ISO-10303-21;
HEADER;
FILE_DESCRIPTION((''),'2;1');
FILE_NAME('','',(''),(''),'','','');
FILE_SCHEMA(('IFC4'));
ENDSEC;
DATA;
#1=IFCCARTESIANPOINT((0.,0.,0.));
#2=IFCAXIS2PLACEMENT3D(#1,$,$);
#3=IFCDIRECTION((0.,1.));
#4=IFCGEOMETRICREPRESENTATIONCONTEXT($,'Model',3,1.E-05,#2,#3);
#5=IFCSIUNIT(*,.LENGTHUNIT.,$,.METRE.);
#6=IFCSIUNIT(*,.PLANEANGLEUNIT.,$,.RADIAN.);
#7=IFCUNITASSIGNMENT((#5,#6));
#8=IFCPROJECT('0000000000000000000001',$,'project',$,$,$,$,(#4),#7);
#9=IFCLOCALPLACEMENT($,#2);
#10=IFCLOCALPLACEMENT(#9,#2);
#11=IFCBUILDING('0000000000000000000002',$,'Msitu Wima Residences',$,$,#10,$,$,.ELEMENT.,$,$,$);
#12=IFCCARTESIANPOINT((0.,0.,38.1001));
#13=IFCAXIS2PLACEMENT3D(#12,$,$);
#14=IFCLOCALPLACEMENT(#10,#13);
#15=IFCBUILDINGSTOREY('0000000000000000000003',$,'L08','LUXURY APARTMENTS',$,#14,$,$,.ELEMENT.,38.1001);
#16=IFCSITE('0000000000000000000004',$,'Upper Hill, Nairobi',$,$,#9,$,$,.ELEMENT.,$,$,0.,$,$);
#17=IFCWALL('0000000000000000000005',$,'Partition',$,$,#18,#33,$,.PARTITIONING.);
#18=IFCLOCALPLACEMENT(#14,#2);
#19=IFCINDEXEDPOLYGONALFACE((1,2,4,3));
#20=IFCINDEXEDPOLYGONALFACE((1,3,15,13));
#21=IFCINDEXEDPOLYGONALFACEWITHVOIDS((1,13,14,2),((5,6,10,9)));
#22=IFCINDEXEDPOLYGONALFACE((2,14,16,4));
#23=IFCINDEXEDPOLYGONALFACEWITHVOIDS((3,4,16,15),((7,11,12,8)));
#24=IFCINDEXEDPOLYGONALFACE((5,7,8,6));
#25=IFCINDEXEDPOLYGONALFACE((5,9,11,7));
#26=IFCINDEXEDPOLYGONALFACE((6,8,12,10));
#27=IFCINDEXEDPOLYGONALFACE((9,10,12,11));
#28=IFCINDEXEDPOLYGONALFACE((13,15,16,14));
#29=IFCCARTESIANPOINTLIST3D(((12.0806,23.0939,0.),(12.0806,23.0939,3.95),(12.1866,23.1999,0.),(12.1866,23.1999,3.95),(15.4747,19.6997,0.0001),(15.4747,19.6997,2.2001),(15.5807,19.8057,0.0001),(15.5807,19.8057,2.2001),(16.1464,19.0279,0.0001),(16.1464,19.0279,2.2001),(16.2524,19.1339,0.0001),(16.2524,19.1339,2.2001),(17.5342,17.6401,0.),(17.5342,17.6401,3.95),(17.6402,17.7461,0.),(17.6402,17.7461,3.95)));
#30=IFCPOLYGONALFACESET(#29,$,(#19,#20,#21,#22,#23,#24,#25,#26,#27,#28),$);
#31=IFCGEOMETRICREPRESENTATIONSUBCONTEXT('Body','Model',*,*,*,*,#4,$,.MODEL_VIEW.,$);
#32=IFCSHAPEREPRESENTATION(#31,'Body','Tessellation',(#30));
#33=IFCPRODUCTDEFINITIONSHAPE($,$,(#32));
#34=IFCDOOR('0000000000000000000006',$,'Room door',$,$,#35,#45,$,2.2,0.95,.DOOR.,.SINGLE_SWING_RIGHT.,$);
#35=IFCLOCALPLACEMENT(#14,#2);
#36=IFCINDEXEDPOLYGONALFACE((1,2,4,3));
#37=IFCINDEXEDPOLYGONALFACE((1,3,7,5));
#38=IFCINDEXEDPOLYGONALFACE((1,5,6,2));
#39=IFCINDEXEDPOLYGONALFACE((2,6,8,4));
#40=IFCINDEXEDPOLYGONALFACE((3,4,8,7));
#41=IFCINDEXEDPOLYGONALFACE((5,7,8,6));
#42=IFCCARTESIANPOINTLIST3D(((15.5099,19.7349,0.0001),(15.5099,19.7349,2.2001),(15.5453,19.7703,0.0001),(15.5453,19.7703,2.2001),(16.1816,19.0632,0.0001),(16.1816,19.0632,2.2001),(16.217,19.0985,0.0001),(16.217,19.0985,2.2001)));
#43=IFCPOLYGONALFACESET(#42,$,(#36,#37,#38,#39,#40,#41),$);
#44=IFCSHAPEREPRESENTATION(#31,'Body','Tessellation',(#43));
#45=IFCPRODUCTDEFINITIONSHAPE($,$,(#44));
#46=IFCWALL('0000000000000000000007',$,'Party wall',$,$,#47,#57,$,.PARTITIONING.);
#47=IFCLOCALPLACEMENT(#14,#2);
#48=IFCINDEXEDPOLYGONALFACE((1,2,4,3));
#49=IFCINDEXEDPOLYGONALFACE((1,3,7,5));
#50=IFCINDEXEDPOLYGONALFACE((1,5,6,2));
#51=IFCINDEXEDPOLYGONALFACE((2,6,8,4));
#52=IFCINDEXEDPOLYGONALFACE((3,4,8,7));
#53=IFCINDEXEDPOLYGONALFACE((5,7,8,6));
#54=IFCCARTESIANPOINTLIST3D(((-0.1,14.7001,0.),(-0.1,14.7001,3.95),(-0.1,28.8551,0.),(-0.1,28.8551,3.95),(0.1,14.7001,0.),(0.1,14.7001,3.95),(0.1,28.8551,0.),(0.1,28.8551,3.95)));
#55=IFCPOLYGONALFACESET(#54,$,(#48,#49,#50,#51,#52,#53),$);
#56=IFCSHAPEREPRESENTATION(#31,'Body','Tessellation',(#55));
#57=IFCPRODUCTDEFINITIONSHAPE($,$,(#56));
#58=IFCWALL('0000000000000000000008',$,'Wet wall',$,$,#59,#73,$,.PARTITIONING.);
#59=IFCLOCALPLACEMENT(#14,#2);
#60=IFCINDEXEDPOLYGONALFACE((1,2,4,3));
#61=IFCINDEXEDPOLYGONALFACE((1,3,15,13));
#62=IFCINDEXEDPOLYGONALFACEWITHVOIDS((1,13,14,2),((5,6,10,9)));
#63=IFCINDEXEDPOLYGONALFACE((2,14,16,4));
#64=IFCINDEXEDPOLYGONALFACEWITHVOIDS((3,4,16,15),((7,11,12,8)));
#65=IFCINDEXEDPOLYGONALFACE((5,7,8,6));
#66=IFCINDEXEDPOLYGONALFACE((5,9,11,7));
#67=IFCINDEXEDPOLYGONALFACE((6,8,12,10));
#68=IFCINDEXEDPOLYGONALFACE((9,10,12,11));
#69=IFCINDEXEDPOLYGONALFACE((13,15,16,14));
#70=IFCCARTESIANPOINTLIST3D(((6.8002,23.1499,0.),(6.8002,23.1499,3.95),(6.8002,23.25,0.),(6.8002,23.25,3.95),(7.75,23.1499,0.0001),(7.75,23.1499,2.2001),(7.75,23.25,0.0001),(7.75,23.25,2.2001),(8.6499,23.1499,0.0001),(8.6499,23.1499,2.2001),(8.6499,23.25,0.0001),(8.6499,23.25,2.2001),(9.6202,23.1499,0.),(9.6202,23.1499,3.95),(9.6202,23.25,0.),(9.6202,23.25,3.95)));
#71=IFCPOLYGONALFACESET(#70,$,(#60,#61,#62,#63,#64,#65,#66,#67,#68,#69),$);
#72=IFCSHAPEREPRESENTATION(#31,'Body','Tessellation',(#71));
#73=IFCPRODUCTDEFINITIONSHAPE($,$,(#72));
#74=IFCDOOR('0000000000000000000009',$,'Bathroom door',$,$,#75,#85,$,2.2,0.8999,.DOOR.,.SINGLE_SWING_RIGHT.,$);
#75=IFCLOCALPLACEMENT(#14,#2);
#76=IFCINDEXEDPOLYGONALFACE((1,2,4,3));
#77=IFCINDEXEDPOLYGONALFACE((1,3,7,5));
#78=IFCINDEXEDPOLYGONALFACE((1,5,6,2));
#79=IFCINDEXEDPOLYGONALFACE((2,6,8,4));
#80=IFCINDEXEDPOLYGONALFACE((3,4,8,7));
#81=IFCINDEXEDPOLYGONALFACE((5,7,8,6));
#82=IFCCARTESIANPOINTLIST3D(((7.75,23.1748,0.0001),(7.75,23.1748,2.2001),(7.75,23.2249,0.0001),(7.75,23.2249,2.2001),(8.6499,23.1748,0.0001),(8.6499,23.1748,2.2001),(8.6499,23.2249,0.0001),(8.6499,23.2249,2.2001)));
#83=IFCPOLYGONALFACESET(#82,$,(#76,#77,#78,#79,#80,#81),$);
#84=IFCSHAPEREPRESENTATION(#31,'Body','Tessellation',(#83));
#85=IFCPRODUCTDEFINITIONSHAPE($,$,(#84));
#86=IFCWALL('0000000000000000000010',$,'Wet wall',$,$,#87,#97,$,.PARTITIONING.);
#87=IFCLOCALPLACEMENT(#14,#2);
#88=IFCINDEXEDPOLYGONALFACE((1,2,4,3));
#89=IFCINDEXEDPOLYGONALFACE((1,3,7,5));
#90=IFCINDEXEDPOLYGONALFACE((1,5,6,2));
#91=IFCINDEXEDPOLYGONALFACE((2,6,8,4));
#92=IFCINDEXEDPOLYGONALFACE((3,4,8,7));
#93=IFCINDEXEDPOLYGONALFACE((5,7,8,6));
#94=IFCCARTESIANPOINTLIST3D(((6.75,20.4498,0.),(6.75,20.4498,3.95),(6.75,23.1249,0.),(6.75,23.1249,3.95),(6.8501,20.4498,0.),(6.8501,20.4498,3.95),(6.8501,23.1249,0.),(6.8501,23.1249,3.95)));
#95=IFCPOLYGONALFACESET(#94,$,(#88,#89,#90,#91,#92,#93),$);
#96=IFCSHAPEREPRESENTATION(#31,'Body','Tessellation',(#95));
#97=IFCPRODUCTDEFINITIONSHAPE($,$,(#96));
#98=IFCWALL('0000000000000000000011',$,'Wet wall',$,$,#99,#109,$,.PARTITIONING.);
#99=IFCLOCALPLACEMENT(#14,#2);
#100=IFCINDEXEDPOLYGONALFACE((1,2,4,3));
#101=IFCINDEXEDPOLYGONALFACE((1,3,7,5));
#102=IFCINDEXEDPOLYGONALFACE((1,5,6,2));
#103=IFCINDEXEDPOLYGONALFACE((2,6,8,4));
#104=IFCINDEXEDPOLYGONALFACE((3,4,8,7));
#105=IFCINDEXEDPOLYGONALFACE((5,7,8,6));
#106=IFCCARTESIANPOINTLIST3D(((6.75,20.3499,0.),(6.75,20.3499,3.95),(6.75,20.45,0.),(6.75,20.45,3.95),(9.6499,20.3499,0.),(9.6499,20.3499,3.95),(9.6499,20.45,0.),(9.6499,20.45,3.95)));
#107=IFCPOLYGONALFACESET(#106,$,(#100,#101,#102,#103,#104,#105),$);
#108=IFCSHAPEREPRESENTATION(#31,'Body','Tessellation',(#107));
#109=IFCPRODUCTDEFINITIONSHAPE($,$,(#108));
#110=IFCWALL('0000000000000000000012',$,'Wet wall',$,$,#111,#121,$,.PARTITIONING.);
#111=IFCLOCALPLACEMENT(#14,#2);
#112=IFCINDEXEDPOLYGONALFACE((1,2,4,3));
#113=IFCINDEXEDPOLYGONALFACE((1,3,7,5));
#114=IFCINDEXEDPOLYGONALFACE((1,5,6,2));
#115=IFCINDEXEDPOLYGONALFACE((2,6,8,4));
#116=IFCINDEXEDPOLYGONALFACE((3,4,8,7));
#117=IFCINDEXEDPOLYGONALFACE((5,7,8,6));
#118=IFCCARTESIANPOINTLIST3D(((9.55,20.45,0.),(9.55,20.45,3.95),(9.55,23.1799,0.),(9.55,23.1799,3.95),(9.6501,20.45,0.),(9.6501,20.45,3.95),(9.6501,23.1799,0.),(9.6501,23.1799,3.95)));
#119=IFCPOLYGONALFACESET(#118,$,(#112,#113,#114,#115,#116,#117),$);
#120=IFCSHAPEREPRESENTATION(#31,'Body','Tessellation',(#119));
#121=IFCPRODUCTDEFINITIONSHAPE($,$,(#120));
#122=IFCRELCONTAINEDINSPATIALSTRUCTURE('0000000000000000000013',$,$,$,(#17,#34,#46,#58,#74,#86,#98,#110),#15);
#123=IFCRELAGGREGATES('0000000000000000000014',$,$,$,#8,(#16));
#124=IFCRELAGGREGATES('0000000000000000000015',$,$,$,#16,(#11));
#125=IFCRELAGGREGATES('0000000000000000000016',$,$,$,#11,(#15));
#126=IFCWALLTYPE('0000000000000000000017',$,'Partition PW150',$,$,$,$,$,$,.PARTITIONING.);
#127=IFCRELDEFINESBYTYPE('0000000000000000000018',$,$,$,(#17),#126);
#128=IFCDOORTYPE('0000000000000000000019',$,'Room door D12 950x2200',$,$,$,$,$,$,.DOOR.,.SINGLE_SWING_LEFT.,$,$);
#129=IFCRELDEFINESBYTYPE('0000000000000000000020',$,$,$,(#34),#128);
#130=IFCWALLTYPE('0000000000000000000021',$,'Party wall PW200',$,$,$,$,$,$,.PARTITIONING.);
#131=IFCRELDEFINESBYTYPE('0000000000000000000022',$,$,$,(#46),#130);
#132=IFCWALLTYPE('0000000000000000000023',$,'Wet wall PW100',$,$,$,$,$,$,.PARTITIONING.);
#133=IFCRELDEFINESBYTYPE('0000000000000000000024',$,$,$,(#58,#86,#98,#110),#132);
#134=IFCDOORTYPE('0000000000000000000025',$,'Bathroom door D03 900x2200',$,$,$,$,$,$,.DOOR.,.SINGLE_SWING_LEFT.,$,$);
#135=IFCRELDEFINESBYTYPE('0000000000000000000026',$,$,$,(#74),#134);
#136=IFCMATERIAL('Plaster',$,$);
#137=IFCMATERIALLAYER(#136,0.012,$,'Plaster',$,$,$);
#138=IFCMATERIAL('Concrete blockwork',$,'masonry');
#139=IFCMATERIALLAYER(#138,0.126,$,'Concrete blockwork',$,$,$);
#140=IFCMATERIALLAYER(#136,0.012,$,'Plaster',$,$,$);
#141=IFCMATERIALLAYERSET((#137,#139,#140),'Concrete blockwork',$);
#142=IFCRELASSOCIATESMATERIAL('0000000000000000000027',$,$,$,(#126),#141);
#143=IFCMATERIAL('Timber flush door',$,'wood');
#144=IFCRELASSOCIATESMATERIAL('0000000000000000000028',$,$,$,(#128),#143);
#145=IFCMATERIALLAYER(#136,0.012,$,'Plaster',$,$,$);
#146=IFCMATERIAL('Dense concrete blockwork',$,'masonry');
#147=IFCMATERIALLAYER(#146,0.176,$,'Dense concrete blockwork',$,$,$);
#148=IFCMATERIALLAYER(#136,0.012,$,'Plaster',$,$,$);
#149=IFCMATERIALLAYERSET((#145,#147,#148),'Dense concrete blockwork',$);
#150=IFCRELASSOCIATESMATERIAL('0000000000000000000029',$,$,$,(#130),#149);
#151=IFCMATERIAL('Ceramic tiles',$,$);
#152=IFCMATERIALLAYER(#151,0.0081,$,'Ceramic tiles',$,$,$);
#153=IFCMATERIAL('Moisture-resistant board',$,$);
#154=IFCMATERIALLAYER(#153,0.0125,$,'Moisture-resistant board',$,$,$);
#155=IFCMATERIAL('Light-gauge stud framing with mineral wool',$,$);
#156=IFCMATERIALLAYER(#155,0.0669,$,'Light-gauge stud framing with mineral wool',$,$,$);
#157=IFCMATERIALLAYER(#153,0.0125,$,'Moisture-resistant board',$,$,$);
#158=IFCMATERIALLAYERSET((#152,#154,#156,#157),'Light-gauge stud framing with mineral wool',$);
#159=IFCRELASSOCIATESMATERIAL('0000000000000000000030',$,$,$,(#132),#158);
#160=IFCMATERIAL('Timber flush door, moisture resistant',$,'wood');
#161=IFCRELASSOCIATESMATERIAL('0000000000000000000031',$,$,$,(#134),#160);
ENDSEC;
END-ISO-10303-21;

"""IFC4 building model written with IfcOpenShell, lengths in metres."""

from ifc_helpers import new_model, si_unit, direction, frame, frame_2d, origin, place, context, subcontext, project, spatial, rectangle, extrude, material, layer, layer_set, type_object, element, fill, save


model = new_model("IFC4")

# Units and contexts
model_context = context("Model", 3, precision=1e-05, world=origin(), true_north=direction((0.0, 1.0)))
body_context = subcontext(model_context, "Body", "Model", "MODEL_VIEW")
ifc_project = project(units=[si_unit("LENGTHUNIT", "METRE"), si_unit("PLANEANGLEUNIT", "RADIAN")], contexts=[model_context])

# Site, building, storey
site_placement = place(None, origin())
site = spatial("IfcSite", under=ifc_project, at=site_placement, Name="Upper Hill, Nairobi", CompositionType="ELEMENT", RefElevation=0.0)
building_placement = place(site_placement, origin())
building = spatial("IfcBuilding", under=site, at=building_placement, Name="Msitu Wima Residences", CompositionType="ELEMENT")
storey_placement = place(building_placement, frame((0.0, 0.0, 38.1001)))
storey = spatial("IfcBuildingStorey", under=building, at=storey_placement, Name="L08", Description="LUXURY APARTMENTS", CompositionType="ELEMENT", Elevation=38.1001)

# Shared definitions
ifc_material_1 = material(Name="Plaster")
ifc_layer_1 = layer(ifc_material_1, 0.012, Name="Plaster")
ifc_material_2 = material(Name="Concrete blockwork", Category="masonry")
ifc_layer_2 = layer(ifc_material_2, 0.126, Name="Concrete blockwork")
ifc_layer_3 = layer(ifc_material_1, 0.012, Name="Plaster")
ifc_layer_set_1 = layer_set([ifc_layer_1, ifc_layer_2, ifc_layer_3], Name="Concrete blockwork")
wall_type_1 = type_object("IfcWallType", Name="Partition PW150", PredefinedType="PARTITIONING", material=ifc_layer_set_1)
ifc_material_3 = material(Name="Timber flush door", Category="wood")
door_type_1 = type_object("IfcDoorType", Name="Room door D12 950x2200", OperationType="SINGLE_SWING_LEFT", PredefinedType="DOOR", material=ifc_material_3)

# Wall, opening, door
wall_1_placement = place(storey_placement, frame((12.1335, 23.147, 0.0), z_axis=(0.0, 0.0, 1.0), x_axis=(0.707091, -0.707123, 0.0)))
wall_1 = element("IfcWall", 1, at=wall_1_placement, inside=storey, type_object=wall_type_1, Name="Partition", PredefinedType="PARTITIONING", context=body_context, shape_type="SweptSolid", body=[
    extrude(rectangle(XDim=7.7126, YDim=0.1499, at=frame_2d((3.8564, 0.0))), origin(), (0.0, 0.0, 1.0), 3.95),
])
opening_1_placement = place(wall_1_placement, frame((4.8, 0.0, 0.0)))
opening_1 = element("IfcOpeningElement", 2, at=opening_1_placement, cuts=wall_1, PredefinedType="OPENING", context=body_context, shape_type="SweptSolid", body=[
    extrude(rectangle(XDim=0.95, YDim=2.2, at=frame_2d((0.4751, 1.1001))), frame((0.0, 0.085, 0.0), z_axis=(0.0, -1.0, 0.0), x_axis=(1.0, 0.0, 0.0)), (0.0, 0.0, 1.0), 0.1699),
])
door_1_placement = place(opening_1_placement, origin())
door_1 = element("IfcDoor", 3, at=door_1_placement, inside=storey, type_object=door_type_1, Name="Room door", OperationType="SINGLE_SWING_RIGHT", OverallHeight=2.2, OverallWidth=0.95, PredefinedType="DOOR", context=body_context, shape_type="SweptSolid", body=[
    extrude(rectangle(XDim=0.95, YDim=2.2, at=frame_2d((0.4751, 1.1001))), frame((0.0, 0.0249, 0.0), z_axis=(0.0, -1.0, 0.0), x_axis=(1.0, 0.0, 0.0)), (0.0, 0.0, 1.0), 0.05),
])
fill(opening_1, door_1)

# Wall
ifc_layer_4 = layer(ifc_material_1, 0.012, Name="Plaster")
ifc_material_4 = material(Name="Dense concrete blockwork", Category="masonry")
ifc_layer_5 = layer(ifc_material_4, 0.176, Name="Dense concrete blockwork")
ifc_layer_6 = layer(ifc_material_1, 0.012, Name="Plaster")
ifc_layer_set_2 = layer_set([ifc_layer_4, ifc_layer_5, ifc_layer_6], Name="Dense concrete blockwork")
wall_type_2 = type_object("IfcWallType", Name="Party wall PW200", PredefinedType="PARTITIONING", material=ifc_layer_set_2)
wall_2_placement = place(storey_placement, frame((0.0, 14.7, 0.0), z_axis=(0.0, 0.0, 1.0), x_axis=(0.0, 1.0, 0.0)))
element("IfcWall", 4, at=wall_2_placement, inside=storey, type_object=wall_type_2, Name="Party wall", PredefinedType="PARTITIONING", context=body_context, shape_type="SweptSolid", body=[
    extrude(rectangle(XDim=14.155, YDim=0.2, at=frame_2d((7.0776, 0.0))), origin(), (0.0, 0.0, 1.0), 3.95),
])

# Wall, opening, door
ifc_material_5 = material(Name="Ceramic tiles")
ifc_layer_7 = layer(ifc_material_5, 0.0081, Name="Ceramic tiles")
ifc_material_6 = material(Name="Moisture-resistant board")
ifc_layer_8 = layer(ifc_material_6, 0.0125, Name="Moisture-resistant board")
ifc_material_7 = material(Name="Light-gauge stud framing with mineral wool")
ifc_layer_9 = layer(ifc_material_7, 0.0669, Name="Light-gauge stud framing with mineral wool")
ifc_layer_10 = layer(ifc_material_6, 0.0125, Name="Moisture-resistant board")
ifc_layer_set_3 = layer_set([ifc_layer_7, ifc_layer_8, ifc_layer_9, ifc_layer_10], Name="Light-gauge stud framing with mineral wool")
wall_type_3 = type_object("IfcWallType", Name="Wet wall PW100", PredefinedType="PARTITIONING", material=ifc_layer_set_3)
wall_3_placement = place(storey_placement, frame((6.8, 23.2, 0.0), z_axis=(0.0, 0.0, 1.0), x_axis=(1.0, 0.0, 0.0)))
wall_3 = element("IfcWall", 5, at=wall_3_placement, inside=storey, type_object=wall_type_3, Name="Wet wall", PredefinedType="PARTITIONING", context=body_context, shape_type="SweptSolid", body=[
    extrude(rectangle(XDim=2.8201, YDim=0.1001, at=frame_2d((1.4102, 0.0))), origin(), (0.0, 0.0, 1.0), 3.95),
])
opening_2_placement = place(wall_3_placement, frame((0.95, 0.0, 0.0)))
opening_2 = element("IfcOpeningElement", 6, at=opening_2_placement, cuts=wall_3, PredefinedType="OPENING", context=body_context, shape_type="SweptSolid", body=[
    extrude(rectangle(XDim=0.8999, YDim=2.2, at=frame_2d((0.45, 1.1001))), frame((0.0, 0.0601, 0.0), z_axis=(0.0, -1.0, 0.0), x_axis=(1.0, 0.0, 0.0)), (0.0, 0.0, 1.0), 0.1201),
])
ifc_material_8 = material(Name="Timber flush door, moisture resistant", Category="wood")
door_type_2 = type_object("IfcDoorType", Name="Bathroom door D03 900x2200", OperationType="SINGLE_SWING_LEFT", PredefinedType="DOOR", material=ifc_material_8)
door_2_placement = place(opening_2_placement, origin())
door_2 = element("IfcDoor", 7, at=door_2_placement, inside=storey, type_object=door_type_2, Name="Bathroom door", OperationType="SINGLE_SWING_RIGHT", OverallHeight=2.2, OverallWidth=0.8999, PredefinedType="DOOR", context=body_context, shape_type="SweptSolid", body=[
    extrude(rectangle(XDim=0.8999, YDim=2.2, at=frame_2d((0.45, 1.1001))), frame((0.0, 0.0249, 0.0), z_axis=(0.0, -1.0, 0.0), x_axis=(1.0, 0.0, 0.0)), (0.0, 0.0, 1.0), 0.05),
])
fill(opening_2, door_2)

# Walls
wall_4_placement = place(storey_placement, frame((6.8, 20.45, 0.0), z_axis=(0.0, 0.0, 1.0), x_axis=(0.0, 1.0, 0.0)))
element("IfcWall", 8, at=wall_4_placement, inside=storey, type_object=wall_type_3, Name="Wet wall", PredefinedType="PARTITIONING", context=body_context, shape_type="SweptSolid", body=[
    extrude(rectangle(XDim=2.675, YDim=0.1001, at=frame_2d((1.3374, 0.0))), origin(), (0.0, 0.0, 1.0), 3.95),
])
wall_5_placement = place(storey_placement, frame((6.75, 20.3999, 0.0), z_axis=(0.0, 0.0, 1.0), x_axis=(1.0, 0.0, 0.0)))
element("IfcWall", 9, at=wall_5_placement, inside=storey, type_object=wall_type_3, Name="Wet wall", PredefinedType="PARTITIONING", context=body_context, shape_type="SweptSolid", body=[
    extrude(rectangle(XDim=2.8999, YDim=0.1001, at=frame_2d((1.45, 0.0))), origin(), (0.0, 0.0, 1.0), 3.95),
])
wall_6_placement = place(storey_placement, frame((9.6001, 20.45, 0.0), z_axis=(0.0, 0.0, 1.0), x_axis=(0.0, 1.0, 0.0)))
element("IfcWall", 10, at=wall_6_placement, inside=storey, type_object=wall_type_3, Name="Wet wall", PredefinedType="PARTITIONING", context=body_context, shape_type="SweptSolid", body=[
    extrude(rectangle(XDim=2.73, YDim=0.1001, at=frame_2d((1.365, 0.0))), origin(), (0.0, 0.0, 1.0), 3.95),
])

save(model, "model.ifc")
